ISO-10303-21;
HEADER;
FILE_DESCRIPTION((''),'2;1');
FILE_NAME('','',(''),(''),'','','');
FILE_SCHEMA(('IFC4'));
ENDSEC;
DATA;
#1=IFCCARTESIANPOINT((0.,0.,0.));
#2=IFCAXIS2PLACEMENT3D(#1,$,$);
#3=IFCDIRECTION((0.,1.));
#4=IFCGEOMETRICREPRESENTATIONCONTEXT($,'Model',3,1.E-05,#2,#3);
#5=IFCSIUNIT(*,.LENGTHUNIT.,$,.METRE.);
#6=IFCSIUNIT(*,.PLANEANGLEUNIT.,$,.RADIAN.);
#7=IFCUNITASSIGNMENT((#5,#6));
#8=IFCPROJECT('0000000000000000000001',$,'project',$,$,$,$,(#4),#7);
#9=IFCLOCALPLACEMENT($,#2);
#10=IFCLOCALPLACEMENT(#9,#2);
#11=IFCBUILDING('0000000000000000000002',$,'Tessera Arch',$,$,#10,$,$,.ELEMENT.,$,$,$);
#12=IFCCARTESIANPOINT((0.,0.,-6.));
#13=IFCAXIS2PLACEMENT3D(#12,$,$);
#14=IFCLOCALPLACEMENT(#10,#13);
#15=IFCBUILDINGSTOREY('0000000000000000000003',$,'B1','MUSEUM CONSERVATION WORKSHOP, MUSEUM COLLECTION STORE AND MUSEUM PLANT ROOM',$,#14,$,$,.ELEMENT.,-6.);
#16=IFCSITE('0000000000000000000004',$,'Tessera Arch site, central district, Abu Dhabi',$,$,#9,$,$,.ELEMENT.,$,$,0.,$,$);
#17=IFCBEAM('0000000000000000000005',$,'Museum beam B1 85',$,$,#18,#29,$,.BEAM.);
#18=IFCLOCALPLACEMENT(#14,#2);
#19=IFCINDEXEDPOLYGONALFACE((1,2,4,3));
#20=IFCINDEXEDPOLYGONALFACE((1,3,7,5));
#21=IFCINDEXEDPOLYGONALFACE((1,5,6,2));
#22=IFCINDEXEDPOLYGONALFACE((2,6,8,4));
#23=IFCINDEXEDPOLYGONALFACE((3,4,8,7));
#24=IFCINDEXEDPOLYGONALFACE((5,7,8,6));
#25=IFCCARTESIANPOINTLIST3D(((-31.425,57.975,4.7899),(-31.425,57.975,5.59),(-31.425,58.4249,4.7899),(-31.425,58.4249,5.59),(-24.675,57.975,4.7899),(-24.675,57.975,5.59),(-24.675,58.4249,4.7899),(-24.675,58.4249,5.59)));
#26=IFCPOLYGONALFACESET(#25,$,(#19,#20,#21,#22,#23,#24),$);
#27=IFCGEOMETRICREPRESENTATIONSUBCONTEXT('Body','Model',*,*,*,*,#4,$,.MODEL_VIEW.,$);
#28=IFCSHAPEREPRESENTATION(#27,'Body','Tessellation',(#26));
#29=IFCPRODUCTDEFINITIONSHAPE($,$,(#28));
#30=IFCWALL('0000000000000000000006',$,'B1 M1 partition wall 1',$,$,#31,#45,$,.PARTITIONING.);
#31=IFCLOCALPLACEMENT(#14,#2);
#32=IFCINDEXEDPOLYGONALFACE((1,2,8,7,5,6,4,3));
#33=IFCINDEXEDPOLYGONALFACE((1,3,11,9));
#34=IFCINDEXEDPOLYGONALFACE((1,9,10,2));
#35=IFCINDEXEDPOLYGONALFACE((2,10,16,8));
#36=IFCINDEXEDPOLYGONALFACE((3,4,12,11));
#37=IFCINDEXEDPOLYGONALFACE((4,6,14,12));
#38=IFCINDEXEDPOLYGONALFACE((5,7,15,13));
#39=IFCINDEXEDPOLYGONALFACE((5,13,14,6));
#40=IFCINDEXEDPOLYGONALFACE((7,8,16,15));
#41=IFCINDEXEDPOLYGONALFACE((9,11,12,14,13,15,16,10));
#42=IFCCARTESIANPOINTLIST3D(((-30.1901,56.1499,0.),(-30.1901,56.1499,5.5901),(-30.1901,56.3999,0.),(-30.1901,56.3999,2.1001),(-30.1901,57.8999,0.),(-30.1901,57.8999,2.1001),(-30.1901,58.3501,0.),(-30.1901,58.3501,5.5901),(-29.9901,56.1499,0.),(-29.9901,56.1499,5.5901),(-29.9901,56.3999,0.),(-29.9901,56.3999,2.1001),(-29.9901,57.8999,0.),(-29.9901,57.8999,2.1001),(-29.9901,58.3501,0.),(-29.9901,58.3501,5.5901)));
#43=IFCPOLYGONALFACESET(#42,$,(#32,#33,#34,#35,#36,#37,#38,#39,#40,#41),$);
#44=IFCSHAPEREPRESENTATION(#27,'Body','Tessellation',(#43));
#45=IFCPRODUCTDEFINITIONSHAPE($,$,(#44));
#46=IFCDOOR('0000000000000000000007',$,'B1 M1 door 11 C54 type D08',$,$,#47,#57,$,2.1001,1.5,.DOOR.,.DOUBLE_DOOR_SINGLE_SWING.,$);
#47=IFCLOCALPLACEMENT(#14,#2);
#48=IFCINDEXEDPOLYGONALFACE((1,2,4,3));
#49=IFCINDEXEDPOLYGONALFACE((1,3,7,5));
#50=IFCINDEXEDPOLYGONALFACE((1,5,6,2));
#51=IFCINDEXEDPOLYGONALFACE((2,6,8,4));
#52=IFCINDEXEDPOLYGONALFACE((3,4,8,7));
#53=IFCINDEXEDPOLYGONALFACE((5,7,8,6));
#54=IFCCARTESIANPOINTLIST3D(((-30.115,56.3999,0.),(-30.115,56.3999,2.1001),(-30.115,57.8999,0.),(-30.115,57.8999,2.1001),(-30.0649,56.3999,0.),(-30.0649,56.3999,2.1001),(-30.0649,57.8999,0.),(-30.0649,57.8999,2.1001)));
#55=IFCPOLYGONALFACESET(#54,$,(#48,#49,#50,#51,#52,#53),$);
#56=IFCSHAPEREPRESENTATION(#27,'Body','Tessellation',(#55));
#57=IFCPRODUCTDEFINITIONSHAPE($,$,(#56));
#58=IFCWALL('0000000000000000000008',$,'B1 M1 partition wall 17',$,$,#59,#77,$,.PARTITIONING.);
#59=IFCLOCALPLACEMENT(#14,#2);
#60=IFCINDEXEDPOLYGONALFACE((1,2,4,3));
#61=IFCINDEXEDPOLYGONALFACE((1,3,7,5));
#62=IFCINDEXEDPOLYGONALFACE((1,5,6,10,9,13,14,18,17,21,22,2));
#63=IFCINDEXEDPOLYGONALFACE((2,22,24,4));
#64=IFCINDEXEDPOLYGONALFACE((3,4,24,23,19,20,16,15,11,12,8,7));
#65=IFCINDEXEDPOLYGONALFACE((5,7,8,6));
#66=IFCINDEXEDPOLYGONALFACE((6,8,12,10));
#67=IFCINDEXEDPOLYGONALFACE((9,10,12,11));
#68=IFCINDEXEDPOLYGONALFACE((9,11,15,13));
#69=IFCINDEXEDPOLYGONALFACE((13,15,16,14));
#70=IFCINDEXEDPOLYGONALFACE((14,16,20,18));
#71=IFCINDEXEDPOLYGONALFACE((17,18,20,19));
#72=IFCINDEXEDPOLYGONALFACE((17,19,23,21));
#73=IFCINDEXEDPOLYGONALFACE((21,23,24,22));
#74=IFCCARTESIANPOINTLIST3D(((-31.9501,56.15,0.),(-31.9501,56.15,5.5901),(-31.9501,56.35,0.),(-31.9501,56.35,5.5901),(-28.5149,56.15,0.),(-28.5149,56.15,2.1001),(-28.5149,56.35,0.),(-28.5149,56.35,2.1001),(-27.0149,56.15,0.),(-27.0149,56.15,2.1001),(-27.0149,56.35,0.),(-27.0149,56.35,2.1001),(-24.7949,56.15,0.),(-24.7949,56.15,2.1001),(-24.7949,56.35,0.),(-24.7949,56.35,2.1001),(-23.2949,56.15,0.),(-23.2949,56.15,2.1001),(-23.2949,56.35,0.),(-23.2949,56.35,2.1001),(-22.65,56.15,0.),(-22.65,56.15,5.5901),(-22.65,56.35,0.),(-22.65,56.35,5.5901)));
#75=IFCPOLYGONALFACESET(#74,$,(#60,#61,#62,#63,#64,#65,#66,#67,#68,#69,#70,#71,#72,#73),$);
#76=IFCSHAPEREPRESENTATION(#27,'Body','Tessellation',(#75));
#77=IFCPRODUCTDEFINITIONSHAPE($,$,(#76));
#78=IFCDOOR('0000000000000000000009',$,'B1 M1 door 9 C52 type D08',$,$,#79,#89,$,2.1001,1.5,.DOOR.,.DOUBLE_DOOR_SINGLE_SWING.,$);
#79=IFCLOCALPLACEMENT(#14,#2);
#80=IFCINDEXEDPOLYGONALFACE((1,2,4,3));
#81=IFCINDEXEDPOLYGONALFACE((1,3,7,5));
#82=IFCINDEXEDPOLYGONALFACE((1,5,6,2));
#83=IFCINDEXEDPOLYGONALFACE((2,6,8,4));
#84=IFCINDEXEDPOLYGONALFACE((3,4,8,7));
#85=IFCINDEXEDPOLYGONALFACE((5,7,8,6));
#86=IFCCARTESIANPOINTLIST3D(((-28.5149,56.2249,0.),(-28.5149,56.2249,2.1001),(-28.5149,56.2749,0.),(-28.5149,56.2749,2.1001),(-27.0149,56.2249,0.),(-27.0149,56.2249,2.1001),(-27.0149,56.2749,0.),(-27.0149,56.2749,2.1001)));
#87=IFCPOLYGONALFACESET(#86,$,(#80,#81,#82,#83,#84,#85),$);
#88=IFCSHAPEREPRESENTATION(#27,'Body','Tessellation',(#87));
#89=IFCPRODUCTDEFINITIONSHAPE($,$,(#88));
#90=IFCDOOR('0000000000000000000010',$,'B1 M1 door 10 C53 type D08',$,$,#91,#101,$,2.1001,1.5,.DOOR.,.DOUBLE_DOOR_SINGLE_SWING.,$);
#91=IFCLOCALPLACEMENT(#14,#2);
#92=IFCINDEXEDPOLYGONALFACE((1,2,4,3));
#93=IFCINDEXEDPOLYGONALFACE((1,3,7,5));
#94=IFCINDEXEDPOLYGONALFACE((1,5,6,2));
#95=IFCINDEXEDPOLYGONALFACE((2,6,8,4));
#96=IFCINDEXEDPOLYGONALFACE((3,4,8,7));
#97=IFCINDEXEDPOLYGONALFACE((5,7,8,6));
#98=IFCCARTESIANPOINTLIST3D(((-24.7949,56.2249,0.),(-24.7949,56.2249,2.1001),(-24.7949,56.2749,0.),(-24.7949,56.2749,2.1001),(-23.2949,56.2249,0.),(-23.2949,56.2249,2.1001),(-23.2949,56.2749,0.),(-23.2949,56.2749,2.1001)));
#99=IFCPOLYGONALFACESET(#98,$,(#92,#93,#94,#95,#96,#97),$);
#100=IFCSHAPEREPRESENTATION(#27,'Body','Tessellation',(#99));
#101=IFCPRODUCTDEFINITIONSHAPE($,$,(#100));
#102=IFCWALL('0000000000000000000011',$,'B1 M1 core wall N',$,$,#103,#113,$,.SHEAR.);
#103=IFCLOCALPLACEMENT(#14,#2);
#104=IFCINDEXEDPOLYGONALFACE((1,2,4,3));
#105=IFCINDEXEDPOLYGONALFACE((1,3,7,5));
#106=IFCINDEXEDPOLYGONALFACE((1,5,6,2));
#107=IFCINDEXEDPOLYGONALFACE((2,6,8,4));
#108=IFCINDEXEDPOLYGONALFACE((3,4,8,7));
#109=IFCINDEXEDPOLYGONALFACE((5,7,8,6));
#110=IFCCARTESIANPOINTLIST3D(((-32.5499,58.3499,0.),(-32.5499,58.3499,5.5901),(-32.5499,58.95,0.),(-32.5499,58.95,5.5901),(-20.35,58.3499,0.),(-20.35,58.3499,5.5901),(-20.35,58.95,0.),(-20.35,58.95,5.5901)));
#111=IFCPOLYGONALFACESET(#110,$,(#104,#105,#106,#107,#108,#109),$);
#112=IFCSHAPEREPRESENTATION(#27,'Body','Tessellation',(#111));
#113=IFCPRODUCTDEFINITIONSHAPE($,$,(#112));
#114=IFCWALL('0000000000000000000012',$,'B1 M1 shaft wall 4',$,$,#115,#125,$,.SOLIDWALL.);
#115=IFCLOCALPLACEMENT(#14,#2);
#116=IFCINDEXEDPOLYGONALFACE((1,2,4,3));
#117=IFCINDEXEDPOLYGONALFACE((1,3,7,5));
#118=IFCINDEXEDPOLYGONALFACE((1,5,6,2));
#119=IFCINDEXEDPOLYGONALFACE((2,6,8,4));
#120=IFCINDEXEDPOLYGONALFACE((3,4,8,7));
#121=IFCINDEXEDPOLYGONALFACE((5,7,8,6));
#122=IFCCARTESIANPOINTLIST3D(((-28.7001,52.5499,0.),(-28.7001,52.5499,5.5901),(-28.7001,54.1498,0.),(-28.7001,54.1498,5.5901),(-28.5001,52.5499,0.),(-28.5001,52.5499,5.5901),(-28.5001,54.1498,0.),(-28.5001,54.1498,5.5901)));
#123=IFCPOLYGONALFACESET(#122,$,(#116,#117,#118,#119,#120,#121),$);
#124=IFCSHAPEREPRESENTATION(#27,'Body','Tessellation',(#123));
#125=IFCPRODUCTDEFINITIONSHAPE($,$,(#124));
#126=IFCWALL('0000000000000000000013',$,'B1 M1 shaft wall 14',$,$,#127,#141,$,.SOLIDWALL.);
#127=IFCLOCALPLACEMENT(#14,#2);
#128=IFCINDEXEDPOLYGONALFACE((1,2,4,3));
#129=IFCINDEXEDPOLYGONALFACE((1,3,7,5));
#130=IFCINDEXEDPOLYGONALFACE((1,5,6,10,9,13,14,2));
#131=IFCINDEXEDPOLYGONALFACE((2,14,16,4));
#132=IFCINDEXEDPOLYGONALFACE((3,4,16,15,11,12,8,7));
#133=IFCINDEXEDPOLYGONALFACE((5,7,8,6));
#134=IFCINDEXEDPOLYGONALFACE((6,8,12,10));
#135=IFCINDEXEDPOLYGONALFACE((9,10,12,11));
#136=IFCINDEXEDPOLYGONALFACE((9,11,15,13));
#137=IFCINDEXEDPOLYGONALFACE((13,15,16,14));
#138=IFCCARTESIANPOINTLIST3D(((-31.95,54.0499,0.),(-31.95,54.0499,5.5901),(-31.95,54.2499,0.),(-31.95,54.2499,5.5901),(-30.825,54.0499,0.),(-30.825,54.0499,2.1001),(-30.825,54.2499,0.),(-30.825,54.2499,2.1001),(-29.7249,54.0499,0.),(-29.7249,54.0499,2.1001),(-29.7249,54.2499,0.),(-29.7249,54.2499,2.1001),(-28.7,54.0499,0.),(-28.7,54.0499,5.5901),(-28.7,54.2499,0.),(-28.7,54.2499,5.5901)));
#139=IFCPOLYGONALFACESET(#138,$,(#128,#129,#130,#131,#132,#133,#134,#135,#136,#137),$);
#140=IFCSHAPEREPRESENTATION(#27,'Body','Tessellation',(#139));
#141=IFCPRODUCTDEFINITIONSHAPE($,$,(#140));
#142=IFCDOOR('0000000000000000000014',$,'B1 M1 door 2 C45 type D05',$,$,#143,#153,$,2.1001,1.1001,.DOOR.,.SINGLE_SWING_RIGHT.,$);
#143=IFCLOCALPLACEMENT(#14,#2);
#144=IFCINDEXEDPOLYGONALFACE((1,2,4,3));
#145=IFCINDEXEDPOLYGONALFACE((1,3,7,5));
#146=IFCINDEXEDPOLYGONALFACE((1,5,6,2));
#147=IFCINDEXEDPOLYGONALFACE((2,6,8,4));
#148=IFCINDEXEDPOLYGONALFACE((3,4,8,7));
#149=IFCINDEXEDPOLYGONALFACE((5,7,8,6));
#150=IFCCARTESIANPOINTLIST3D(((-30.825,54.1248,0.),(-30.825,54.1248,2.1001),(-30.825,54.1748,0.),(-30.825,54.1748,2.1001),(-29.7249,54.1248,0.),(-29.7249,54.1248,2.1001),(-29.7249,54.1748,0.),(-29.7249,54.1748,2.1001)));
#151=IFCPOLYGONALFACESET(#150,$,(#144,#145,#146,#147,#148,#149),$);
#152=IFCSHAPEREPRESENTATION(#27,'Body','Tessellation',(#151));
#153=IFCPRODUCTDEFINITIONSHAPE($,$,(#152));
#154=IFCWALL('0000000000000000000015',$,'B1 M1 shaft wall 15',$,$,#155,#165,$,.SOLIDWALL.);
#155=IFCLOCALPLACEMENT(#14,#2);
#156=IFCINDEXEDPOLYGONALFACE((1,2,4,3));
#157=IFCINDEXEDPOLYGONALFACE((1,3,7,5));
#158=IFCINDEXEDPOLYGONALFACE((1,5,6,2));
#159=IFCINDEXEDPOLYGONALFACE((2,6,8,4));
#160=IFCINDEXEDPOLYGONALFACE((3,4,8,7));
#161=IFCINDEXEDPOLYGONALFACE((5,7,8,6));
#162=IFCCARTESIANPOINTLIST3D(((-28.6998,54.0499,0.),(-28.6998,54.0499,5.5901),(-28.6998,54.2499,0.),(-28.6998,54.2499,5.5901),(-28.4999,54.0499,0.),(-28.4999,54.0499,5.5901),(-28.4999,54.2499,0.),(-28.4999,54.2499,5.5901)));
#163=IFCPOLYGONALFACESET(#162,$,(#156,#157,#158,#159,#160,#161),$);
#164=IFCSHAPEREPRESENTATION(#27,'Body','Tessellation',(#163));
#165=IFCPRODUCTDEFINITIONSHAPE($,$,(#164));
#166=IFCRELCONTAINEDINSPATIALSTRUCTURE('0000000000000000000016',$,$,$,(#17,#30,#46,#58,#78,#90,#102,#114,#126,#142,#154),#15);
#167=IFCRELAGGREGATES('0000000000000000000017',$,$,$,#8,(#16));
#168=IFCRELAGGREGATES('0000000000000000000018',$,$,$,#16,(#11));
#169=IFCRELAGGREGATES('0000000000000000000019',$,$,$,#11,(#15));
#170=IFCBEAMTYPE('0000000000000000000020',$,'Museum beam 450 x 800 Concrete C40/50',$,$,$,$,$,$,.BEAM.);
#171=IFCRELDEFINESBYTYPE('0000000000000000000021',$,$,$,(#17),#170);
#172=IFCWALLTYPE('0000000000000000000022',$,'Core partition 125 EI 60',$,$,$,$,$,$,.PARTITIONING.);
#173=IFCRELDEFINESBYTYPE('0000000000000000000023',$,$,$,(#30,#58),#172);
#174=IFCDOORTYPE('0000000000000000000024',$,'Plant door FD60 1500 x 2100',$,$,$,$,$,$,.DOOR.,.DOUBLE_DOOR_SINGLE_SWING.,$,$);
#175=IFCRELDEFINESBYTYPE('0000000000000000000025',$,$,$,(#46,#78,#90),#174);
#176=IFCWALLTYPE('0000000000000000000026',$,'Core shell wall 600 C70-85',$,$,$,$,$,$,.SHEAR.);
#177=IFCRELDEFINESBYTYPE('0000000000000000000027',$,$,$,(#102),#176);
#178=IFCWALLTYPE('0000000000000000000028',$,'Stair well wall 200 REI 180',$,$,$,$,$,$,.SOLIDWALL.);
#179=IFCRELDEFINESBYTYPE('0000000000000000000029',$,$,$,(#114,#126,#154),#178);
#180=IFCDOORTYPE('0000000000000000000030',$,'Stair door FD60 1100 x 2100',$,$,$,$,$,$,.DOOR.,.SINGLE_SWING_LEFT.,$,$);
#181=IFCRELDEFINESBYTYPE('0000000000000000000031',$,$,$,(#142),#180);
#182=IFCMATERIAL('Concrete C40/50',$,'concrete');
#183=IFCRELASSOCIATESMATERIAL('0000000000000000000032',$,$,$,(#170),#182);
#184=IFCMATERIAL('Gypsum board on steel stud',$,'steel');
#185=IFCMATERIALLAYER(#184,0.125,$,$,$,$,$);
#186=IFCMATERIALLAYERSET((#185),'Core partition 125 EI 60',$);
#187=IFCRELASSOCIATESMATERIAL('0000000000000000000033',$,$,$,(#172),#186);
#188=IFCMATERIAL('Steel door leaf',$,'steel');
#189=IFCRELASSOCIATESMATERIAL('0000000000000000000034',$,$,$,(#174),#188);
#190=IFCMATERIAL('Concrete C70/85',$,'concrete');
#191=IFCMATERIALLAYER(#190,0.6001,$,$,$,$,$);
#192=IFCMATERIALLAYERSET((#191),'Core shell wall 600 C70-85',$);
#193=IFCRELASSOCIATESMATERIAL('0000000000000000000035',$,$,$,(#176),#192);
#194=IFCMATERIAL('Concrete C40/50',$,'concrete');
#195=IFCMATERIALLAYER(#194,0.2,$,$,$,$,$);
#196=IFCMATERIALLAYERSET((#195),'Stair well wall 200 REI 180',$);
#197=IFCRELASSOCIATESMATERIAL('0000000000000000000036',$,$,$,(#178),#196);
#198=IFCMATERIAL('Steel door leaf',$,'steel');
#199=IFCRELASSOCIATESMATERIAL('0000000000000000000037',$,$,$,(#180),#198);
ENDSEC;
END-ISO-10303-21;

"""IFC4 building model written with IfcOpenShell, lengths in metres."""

from ifc_helpers import new_model, si_unit, direction, frame, frame_2d, origin, origin_2d, place, context, subcontext, project, spatial, rectangle, extrude, material, layer, layer_set, material_profile, profile_set, type_object, element, fill, save


model = new_model("IFC4")

# Units and contexts
model_context = context("Model", 3, precision=1e-05, world=origin(), true_north=direction((0.0, 1.0)))
body_context = subcontext(model_context, "Body", "Model", "MODEL_VIEW")
ifc_project = project(units=[si_unit("LENGTHUNIT", "METRE"), si_unit("PLANEANGLEUNIT", "RADIAN")], contexts=[model_context])

# Site, building, storey
site_placement = place(None, origin())
site = spatial("IfcSite", under=ifc_project, at=site_placement, Name="Tessera Arch site, central district, Abu Dhabi", CompositionType="ELEMENT", RefElevation=0.0)
building_placement = place(site_placement, origin())
building = spatial("IfcBuilding", under=site, at=building_placement, Name="Tessera Arch", CompositionType="ELEMENT")
storey_placement = place(building_placement, frame((0.0, 0.0, -6.0)))
storey = spatial("IfcBuildingStorey", under=building, at=storey_placement, Name="B1", Description="MUSEUM CONSERVATION WORKSHOP, MUSEUM COLLECTION STORE AND MUSEUM PLANT ROOM", CompositionType="ELEMENT", Elevation=-6.0)

# Beam
ifc_material_1 = material(Name="Concrete C40/50", Category="concrete")
ifc_material_profile_1 = material_profile(ifc_material_1, rectangle(XDim=0.45, YDim=0.8, at=origin_2d()), Name="Museum beam 450 x 800 Concrete C40/50")
ifc_profile_set_1 = profile_set([ifc_material_profile_1], Name="Concrete C40/50")
beam_type = type_object("IfcBeamType", Name="Museum beam 450 x 800 Concrete C40/50", PredefinedType="BEAM", material=ifc_profile_set_1)
beam_placement = place(storey_placement, frame((-31.425, 58.2, 5.1899), z_axis=(1.0, 0.0, 0.0), x_axis=(0.0, 1.0, 0.0)))
element("IfcBeam", 1, at=beam_placement, inside=storey, type_object=beam_type, Name="Museum beam B1 85", PredefinedType="BEAM", context=body_context, shape_type="SweptSolid", body=[
    extrude(rectangle(XDim=0.45, YDim=0.8, at=origin_2d()), origin(), (0.0, 0.0, 1.0), 6.75),
])

# Wall, opening, door
ifc_material_2 = material(Name="Gypsum board on steel stud", Category="steel")
ifc_layer_1 = layer(ifc_material_2, 0.125)
ifc_layer_set_1 = layer_set([ifc_layer_1], Name="Core partition 125 EI 60")
wall_type_1 = type_object("IfcWallType", Name="Core partition 125 EI 60", PredefinedType="PARTITIONING", material=ifc_layer_set_1)
wall_1_placement = place(storey_placement, frame((-30.0901, 56.1499, 0.0), z_axis=(0.0, 0.0, 1.0), x_axis=(0.0, 1.0, 0.0)))
wall_1 = element("IfcWall", 2, at=wall_1_placement, inside=storey, type_object=wall_type_1, Name="B1 M1 partition wall 1", PredefinedType="PARTITIONING", context=body_context, shape_type="SweptSolid", body=[
    extrude(rectangle(XDim=2.2002, YDim=0.2, at=frame_2d((1.1001, 0.0))), origin(), (0.0, 0.0, 1.0), 5.5901),
])
opening_1_placement = place(wall_1_placement, frame((0.25, 0.0, 0.0)))
opening_1 = element("IfcOpeningElement", 3, at=opening_1_placement, cuts=wall_1, PredefinedType="OPENING", context=body_context, shape_type="SweptSolid", body=[
    extrude(rectangle(XDim=1.5, YDim=2.1001, at=frame_2d((0.75, 1.05))), frame((0.0, 0.1099, 0.0), z_axis=(0.0, -1.0, 0.0), x_axis=(1.0, 0.0, 0.0)), (0.0, 0.0, 1.0), 0.22),
])
ifc_material_3 = material(Name="Steel door leaf", Category="steel")
door_type_1 = type_object("IfcDoorType", Name="Plant door FD60 1500 x 2100", OperationType="DOUBLE_DOOR_SINGLE_SWING", PredefinedType="DOOR", material=ifc_material_3)
door_1_placement = place(opening_1_placement, origin())
door_1 = element("IfcDoor", 4, at=door_1_placement, inside=storey, type_object=door_type_1, Name="B1 M1 door 11 C54 type D08", OperationType="DOUBLE_DOOR_SINGLE_SWING", OverallHeight=2.1001, OverallWidth=1.5, PredefinedType="DOOR", context=body_context, shape_type="SweptSolid", body=[
    extrude(rectangle(XDim=1.5, YDim=2.1001, at=frame_2d((0.75, 1.05))), frame((0.0, 0.0249, 0.0), z_axis=(0.0, -1.0, 0.0), x_axis=(1.0, 0.0, 0.0)), (0.0, 0.0, 1.0), 0.05),
])
fill(opening_1, door_1)

# Wall, openings, doors
wall_2_placement = place(storey_placement, frame((-31.95, 56.25, 0.0), z_axis=(0.0, 0.0, 1.0), x_axis=(1.0, 0.0, 0.0)))
wall_2 = element("IfcWall", 5, at=wall_2_placement, inside=storey, type_object=wall_type_1, Name="B1 M1 partition wall 17", PredefinedType="PARTITIONING", context=body_context, shape_type="SweptSolid", body=[
    extrude(rectangle(XDim=9.3, YDim=0.2, at=frame_2d((4.6499, 0.0))), origin(), (0.0, 0.0, 1.0), 5.5901),
])
opening_2_placement = place(wall_2_placement, frame((3.4351, 0.0, 0.0)))
opening_2 = element("IfcOpeningElement", 6, at=opening_2_placement, cuts=wall_2, PredefinedType="OPENING", context=body_context, shape_type="SweptSolid", body=[
    extrude(rectangle(XDim=1.5, YDim=2.1001, at=frame_2d((0.75, 1.05))), frame((0.0, 0.1099, 0.0), z_axis=(0.0, -1.0, 0.0), x_axis=(1.0, 0.0, 0.0)), (0.0, 0.0, 1.0), 0.22),
])
opening_3_placement = place(wall_2_placement, frame((7.155, 0.0, 0.0)))
opening_3 = element("IfcOpeningElement", 7, at=opening_3_placement, cuts=wall_2, PredefinedType="OPENING", context=body_context, shape_type="SweptSolid", body=[
    extrude(rectangle(XDim=1.5, YDim=2.1001, at=frame_2d((0.75, 1.05))), frame((0.0, 0.1099, 0.0), z_axis=(0.0, -1.0, 0.0), x_axis=(1.0, 0.0, 0.0)), (0.0, 0.0, 1.0), 0.22),
])
door_2_placement = place(opening_2_placement, origin())
door_2 = element("IfcDoor", 8, at=door_2_placement, inside=storey, type_object=door_type_1, Name="B1 M1 door 9 C52 type D08", OperationType="DOUBLE_DOOR_SINGLE_SWING", OverallHeight=2.1001, OverallWidth=1.5, PredefinedType="DOOR", context=body_context, shape_type="SweptSolid", body=[
    extrude(rectangle(XDim=1.5, YDim=2.1001, at=frame_2d((0.75, 1.05))), frame((0.0, 0.0249, 0.0), z_axis=(0.0, -1.0, 0.0), x_axis=(1.0, 0.0, 0.0)), (0.0, 0.0, 1.0), 0.05),
])
fill(opening_2, door_2)
door_3_placement = place(opening_3_placement, origin())
door_3 = element("IfcDoor", 9, at=door_3_placement, inside=storey, type_object=door_type_1, Name="B1 M1 door 10 C53 type D08", OperationType="DOUBLE_DOOR_SINGLE_SWING", OverallHeight=2.1001, OverallWidth=1.5, PredefinedType="DOOR", context=body_context, shape_type="SweptSolid", body=[
    extrude(rectangle(XDim=1.5, YDim=2.1001, at=frame_2d((0.75, 1.05))), frame((0.0, 0.0249, 0.0), z_axis=(0.0, -1.0, 0.0), x_axis=(1.0, 0.0, 0.0)), (0.0, 0.0, 1.0), 0.05),
])
fill(opening_3, door_3)

# Walls
ifc_material_4 = material(Name="Concrete C70/85", Category="concrete")
ifc_layer_2 = layer(ifc_material_4, 0.6001)
ifc_layer_set_2 = layer_set([ifc_layer_2], Name="Core shell wall 600 C70-85")
wall_type_2 = type_object("IfcWallType", Name="Core shell wall 600 C70-85", PredefinedType="SHEAR", material=ifc_layer_set_2)
wall_3_placement = place(storey_placement, frame((-32.55, 58.6499, 0.0), z_axis=(0.0, 0.0, 1.0), x_axis=(1.0, 0.0, 0.0)))
element("IfcWall", 10, at=wall_3_placement, inside=storey, type_object=wall_type_2, Name="B1 M1 core wall N", PredefinedType="SHEAR", context=body_context, shape_type="SweptSolid", body=[
    extrude(rectangle(XDim=12.2, YDim=0.6001, at=frame_2d((6.1001, 0.0))), origin(), (0.0, 0.0, 1.0), 5.5901),
])
ifc_material_5 = material(Name="Concrete C40/50", Category="concrete")
ifc_layer_3 = layer(ifc_material_5, 0.2)
ifc_layer_set_3 = layer_set([ifc_layer_3], Name="Stair well wall 200 REI 180")
wall_type_3 = type_object("IfcWallType", Name="Stair well wall 200 REI 180", PredefinedType="SOLIDWALL", material=ifc_layer_set_3)
wall_4_placement = place(storey_placement, frame((-28.6001, 52.55, 0.0), z_axis=(0.0, 0.0, 1.0), x_axis=(0.0, 1.0, 0.0)))
element("IfcWall", 11, at=wall_4_placement, inside=storey, type_object=wall_type_3, Name="B1 M1 shaft wall 4", PredefinedType="SOLIDWALL", context=body_context, shape_type="SweptSolid", body=[
    extrude(rectangle(XDim=1.5999, YDim=0.2, at=frame_2d((0.7998, 0.0))), origin(), (0.0, 0.0, 1.0), 5.5901),
])

# Wall, opening, door
wall_5_placement = place(storey_placement, frame((-31.95, 54.1499, 0.0), z_axis=(0.0, 0.0, 1.0), x_axis=(1.0, 0.0, 0.0)))
wall_5 = element("IfcWall", 12, at=wall_5_placement, inside=storey, type_object=wall_type_3, Name="B1 M1 shaft wall 14", PredefinedType="SOLIDWALL", context=body_context, shape_type="SweptSolid", body=[
    extrude(rectangle(XDim=3.25, YDim=0.2, at=frame_2d((1.625, 0.0))), origin(), (0.0, 0.0, 1.0), 5.5901),
])
opening_4_placement = place(wall_5_placement, frame((1.125, 0.0, 0.0)))
opening_4 = element("IfcOpeningElement", 13, at=opening_4_placement, cuts=wall_5, PredefinedType="OPENING", context=body_context, shape_type="SweptSolid", body=[
    extrude(rectangle(XDim=1.1001, YDim=2.1001, at=frame_2d((0.55, 1.05))), frame((0.0, 0.1099, 0.0), z_axis=(0.0, -1.0, 0.0), x_axis=(1.0, 0.0, 0.0)), (0.0, 0.0, 1.0), 0.22),
])
ifc_material_6 = material(Name="Steel door leaf", Category="steel")
door_type_2 = type_object("IfcDoorType", Name="Stair door FD60 1100 x 2100", OperationType="SINGLE_SWING_LEFT", PredefinedType="DOOR", material=ifc_material_6)
door_4_placement = place(opening_4_placement, origin())
door_4 = element("IfcDoor", 14, at=door_4_placement, inside=storey, type_object=door_type_2, Name="B1 M1 door 2 C45 type D05", OperationType="SINGLE_SWING_RIGHT", OverallHeight=2.1001, OverallWidth=1.1001, PredefinedType="DOOR", context=body_context, shape_type="SweptSolid", body=[
    extrude(rectangle(XDim=1.1001, YDim=2.1001, at=frame_2d((0.55, 1.05))), frame((0.0, 0.0249, 0.0), z_axis=(0.0, -1.0, 0.0), x_axis=(1.0, 0.0, 0.0)), (0.0, 0.0, 1.0), 0.05),
])
fill(opening_4, door_4)

# Wall
wall_6_placement = place(storey_placement, frame((-28.7, 54.1499, 0.0), z_axis=(0.0, 0.0, 1.0), x_axis=(1.0, 0.0, 0.0)))
element("IfcWall", 15, at=wall_6_placement, inside=storey, type_object=wall_type_3, Name="B1 M1 shaft wall 15", PredefinedType="SOLIDWALL", context=body_context, shape_type="SweptSolid", body=[
    extrude(rectangle(XDim=0.2, YDim=0.2, at=frame_2d((0.1001, 0.0))), origin(), (0.0, 0.0, 1.0), 5.5901),
])

save(model, "model.ifc")
